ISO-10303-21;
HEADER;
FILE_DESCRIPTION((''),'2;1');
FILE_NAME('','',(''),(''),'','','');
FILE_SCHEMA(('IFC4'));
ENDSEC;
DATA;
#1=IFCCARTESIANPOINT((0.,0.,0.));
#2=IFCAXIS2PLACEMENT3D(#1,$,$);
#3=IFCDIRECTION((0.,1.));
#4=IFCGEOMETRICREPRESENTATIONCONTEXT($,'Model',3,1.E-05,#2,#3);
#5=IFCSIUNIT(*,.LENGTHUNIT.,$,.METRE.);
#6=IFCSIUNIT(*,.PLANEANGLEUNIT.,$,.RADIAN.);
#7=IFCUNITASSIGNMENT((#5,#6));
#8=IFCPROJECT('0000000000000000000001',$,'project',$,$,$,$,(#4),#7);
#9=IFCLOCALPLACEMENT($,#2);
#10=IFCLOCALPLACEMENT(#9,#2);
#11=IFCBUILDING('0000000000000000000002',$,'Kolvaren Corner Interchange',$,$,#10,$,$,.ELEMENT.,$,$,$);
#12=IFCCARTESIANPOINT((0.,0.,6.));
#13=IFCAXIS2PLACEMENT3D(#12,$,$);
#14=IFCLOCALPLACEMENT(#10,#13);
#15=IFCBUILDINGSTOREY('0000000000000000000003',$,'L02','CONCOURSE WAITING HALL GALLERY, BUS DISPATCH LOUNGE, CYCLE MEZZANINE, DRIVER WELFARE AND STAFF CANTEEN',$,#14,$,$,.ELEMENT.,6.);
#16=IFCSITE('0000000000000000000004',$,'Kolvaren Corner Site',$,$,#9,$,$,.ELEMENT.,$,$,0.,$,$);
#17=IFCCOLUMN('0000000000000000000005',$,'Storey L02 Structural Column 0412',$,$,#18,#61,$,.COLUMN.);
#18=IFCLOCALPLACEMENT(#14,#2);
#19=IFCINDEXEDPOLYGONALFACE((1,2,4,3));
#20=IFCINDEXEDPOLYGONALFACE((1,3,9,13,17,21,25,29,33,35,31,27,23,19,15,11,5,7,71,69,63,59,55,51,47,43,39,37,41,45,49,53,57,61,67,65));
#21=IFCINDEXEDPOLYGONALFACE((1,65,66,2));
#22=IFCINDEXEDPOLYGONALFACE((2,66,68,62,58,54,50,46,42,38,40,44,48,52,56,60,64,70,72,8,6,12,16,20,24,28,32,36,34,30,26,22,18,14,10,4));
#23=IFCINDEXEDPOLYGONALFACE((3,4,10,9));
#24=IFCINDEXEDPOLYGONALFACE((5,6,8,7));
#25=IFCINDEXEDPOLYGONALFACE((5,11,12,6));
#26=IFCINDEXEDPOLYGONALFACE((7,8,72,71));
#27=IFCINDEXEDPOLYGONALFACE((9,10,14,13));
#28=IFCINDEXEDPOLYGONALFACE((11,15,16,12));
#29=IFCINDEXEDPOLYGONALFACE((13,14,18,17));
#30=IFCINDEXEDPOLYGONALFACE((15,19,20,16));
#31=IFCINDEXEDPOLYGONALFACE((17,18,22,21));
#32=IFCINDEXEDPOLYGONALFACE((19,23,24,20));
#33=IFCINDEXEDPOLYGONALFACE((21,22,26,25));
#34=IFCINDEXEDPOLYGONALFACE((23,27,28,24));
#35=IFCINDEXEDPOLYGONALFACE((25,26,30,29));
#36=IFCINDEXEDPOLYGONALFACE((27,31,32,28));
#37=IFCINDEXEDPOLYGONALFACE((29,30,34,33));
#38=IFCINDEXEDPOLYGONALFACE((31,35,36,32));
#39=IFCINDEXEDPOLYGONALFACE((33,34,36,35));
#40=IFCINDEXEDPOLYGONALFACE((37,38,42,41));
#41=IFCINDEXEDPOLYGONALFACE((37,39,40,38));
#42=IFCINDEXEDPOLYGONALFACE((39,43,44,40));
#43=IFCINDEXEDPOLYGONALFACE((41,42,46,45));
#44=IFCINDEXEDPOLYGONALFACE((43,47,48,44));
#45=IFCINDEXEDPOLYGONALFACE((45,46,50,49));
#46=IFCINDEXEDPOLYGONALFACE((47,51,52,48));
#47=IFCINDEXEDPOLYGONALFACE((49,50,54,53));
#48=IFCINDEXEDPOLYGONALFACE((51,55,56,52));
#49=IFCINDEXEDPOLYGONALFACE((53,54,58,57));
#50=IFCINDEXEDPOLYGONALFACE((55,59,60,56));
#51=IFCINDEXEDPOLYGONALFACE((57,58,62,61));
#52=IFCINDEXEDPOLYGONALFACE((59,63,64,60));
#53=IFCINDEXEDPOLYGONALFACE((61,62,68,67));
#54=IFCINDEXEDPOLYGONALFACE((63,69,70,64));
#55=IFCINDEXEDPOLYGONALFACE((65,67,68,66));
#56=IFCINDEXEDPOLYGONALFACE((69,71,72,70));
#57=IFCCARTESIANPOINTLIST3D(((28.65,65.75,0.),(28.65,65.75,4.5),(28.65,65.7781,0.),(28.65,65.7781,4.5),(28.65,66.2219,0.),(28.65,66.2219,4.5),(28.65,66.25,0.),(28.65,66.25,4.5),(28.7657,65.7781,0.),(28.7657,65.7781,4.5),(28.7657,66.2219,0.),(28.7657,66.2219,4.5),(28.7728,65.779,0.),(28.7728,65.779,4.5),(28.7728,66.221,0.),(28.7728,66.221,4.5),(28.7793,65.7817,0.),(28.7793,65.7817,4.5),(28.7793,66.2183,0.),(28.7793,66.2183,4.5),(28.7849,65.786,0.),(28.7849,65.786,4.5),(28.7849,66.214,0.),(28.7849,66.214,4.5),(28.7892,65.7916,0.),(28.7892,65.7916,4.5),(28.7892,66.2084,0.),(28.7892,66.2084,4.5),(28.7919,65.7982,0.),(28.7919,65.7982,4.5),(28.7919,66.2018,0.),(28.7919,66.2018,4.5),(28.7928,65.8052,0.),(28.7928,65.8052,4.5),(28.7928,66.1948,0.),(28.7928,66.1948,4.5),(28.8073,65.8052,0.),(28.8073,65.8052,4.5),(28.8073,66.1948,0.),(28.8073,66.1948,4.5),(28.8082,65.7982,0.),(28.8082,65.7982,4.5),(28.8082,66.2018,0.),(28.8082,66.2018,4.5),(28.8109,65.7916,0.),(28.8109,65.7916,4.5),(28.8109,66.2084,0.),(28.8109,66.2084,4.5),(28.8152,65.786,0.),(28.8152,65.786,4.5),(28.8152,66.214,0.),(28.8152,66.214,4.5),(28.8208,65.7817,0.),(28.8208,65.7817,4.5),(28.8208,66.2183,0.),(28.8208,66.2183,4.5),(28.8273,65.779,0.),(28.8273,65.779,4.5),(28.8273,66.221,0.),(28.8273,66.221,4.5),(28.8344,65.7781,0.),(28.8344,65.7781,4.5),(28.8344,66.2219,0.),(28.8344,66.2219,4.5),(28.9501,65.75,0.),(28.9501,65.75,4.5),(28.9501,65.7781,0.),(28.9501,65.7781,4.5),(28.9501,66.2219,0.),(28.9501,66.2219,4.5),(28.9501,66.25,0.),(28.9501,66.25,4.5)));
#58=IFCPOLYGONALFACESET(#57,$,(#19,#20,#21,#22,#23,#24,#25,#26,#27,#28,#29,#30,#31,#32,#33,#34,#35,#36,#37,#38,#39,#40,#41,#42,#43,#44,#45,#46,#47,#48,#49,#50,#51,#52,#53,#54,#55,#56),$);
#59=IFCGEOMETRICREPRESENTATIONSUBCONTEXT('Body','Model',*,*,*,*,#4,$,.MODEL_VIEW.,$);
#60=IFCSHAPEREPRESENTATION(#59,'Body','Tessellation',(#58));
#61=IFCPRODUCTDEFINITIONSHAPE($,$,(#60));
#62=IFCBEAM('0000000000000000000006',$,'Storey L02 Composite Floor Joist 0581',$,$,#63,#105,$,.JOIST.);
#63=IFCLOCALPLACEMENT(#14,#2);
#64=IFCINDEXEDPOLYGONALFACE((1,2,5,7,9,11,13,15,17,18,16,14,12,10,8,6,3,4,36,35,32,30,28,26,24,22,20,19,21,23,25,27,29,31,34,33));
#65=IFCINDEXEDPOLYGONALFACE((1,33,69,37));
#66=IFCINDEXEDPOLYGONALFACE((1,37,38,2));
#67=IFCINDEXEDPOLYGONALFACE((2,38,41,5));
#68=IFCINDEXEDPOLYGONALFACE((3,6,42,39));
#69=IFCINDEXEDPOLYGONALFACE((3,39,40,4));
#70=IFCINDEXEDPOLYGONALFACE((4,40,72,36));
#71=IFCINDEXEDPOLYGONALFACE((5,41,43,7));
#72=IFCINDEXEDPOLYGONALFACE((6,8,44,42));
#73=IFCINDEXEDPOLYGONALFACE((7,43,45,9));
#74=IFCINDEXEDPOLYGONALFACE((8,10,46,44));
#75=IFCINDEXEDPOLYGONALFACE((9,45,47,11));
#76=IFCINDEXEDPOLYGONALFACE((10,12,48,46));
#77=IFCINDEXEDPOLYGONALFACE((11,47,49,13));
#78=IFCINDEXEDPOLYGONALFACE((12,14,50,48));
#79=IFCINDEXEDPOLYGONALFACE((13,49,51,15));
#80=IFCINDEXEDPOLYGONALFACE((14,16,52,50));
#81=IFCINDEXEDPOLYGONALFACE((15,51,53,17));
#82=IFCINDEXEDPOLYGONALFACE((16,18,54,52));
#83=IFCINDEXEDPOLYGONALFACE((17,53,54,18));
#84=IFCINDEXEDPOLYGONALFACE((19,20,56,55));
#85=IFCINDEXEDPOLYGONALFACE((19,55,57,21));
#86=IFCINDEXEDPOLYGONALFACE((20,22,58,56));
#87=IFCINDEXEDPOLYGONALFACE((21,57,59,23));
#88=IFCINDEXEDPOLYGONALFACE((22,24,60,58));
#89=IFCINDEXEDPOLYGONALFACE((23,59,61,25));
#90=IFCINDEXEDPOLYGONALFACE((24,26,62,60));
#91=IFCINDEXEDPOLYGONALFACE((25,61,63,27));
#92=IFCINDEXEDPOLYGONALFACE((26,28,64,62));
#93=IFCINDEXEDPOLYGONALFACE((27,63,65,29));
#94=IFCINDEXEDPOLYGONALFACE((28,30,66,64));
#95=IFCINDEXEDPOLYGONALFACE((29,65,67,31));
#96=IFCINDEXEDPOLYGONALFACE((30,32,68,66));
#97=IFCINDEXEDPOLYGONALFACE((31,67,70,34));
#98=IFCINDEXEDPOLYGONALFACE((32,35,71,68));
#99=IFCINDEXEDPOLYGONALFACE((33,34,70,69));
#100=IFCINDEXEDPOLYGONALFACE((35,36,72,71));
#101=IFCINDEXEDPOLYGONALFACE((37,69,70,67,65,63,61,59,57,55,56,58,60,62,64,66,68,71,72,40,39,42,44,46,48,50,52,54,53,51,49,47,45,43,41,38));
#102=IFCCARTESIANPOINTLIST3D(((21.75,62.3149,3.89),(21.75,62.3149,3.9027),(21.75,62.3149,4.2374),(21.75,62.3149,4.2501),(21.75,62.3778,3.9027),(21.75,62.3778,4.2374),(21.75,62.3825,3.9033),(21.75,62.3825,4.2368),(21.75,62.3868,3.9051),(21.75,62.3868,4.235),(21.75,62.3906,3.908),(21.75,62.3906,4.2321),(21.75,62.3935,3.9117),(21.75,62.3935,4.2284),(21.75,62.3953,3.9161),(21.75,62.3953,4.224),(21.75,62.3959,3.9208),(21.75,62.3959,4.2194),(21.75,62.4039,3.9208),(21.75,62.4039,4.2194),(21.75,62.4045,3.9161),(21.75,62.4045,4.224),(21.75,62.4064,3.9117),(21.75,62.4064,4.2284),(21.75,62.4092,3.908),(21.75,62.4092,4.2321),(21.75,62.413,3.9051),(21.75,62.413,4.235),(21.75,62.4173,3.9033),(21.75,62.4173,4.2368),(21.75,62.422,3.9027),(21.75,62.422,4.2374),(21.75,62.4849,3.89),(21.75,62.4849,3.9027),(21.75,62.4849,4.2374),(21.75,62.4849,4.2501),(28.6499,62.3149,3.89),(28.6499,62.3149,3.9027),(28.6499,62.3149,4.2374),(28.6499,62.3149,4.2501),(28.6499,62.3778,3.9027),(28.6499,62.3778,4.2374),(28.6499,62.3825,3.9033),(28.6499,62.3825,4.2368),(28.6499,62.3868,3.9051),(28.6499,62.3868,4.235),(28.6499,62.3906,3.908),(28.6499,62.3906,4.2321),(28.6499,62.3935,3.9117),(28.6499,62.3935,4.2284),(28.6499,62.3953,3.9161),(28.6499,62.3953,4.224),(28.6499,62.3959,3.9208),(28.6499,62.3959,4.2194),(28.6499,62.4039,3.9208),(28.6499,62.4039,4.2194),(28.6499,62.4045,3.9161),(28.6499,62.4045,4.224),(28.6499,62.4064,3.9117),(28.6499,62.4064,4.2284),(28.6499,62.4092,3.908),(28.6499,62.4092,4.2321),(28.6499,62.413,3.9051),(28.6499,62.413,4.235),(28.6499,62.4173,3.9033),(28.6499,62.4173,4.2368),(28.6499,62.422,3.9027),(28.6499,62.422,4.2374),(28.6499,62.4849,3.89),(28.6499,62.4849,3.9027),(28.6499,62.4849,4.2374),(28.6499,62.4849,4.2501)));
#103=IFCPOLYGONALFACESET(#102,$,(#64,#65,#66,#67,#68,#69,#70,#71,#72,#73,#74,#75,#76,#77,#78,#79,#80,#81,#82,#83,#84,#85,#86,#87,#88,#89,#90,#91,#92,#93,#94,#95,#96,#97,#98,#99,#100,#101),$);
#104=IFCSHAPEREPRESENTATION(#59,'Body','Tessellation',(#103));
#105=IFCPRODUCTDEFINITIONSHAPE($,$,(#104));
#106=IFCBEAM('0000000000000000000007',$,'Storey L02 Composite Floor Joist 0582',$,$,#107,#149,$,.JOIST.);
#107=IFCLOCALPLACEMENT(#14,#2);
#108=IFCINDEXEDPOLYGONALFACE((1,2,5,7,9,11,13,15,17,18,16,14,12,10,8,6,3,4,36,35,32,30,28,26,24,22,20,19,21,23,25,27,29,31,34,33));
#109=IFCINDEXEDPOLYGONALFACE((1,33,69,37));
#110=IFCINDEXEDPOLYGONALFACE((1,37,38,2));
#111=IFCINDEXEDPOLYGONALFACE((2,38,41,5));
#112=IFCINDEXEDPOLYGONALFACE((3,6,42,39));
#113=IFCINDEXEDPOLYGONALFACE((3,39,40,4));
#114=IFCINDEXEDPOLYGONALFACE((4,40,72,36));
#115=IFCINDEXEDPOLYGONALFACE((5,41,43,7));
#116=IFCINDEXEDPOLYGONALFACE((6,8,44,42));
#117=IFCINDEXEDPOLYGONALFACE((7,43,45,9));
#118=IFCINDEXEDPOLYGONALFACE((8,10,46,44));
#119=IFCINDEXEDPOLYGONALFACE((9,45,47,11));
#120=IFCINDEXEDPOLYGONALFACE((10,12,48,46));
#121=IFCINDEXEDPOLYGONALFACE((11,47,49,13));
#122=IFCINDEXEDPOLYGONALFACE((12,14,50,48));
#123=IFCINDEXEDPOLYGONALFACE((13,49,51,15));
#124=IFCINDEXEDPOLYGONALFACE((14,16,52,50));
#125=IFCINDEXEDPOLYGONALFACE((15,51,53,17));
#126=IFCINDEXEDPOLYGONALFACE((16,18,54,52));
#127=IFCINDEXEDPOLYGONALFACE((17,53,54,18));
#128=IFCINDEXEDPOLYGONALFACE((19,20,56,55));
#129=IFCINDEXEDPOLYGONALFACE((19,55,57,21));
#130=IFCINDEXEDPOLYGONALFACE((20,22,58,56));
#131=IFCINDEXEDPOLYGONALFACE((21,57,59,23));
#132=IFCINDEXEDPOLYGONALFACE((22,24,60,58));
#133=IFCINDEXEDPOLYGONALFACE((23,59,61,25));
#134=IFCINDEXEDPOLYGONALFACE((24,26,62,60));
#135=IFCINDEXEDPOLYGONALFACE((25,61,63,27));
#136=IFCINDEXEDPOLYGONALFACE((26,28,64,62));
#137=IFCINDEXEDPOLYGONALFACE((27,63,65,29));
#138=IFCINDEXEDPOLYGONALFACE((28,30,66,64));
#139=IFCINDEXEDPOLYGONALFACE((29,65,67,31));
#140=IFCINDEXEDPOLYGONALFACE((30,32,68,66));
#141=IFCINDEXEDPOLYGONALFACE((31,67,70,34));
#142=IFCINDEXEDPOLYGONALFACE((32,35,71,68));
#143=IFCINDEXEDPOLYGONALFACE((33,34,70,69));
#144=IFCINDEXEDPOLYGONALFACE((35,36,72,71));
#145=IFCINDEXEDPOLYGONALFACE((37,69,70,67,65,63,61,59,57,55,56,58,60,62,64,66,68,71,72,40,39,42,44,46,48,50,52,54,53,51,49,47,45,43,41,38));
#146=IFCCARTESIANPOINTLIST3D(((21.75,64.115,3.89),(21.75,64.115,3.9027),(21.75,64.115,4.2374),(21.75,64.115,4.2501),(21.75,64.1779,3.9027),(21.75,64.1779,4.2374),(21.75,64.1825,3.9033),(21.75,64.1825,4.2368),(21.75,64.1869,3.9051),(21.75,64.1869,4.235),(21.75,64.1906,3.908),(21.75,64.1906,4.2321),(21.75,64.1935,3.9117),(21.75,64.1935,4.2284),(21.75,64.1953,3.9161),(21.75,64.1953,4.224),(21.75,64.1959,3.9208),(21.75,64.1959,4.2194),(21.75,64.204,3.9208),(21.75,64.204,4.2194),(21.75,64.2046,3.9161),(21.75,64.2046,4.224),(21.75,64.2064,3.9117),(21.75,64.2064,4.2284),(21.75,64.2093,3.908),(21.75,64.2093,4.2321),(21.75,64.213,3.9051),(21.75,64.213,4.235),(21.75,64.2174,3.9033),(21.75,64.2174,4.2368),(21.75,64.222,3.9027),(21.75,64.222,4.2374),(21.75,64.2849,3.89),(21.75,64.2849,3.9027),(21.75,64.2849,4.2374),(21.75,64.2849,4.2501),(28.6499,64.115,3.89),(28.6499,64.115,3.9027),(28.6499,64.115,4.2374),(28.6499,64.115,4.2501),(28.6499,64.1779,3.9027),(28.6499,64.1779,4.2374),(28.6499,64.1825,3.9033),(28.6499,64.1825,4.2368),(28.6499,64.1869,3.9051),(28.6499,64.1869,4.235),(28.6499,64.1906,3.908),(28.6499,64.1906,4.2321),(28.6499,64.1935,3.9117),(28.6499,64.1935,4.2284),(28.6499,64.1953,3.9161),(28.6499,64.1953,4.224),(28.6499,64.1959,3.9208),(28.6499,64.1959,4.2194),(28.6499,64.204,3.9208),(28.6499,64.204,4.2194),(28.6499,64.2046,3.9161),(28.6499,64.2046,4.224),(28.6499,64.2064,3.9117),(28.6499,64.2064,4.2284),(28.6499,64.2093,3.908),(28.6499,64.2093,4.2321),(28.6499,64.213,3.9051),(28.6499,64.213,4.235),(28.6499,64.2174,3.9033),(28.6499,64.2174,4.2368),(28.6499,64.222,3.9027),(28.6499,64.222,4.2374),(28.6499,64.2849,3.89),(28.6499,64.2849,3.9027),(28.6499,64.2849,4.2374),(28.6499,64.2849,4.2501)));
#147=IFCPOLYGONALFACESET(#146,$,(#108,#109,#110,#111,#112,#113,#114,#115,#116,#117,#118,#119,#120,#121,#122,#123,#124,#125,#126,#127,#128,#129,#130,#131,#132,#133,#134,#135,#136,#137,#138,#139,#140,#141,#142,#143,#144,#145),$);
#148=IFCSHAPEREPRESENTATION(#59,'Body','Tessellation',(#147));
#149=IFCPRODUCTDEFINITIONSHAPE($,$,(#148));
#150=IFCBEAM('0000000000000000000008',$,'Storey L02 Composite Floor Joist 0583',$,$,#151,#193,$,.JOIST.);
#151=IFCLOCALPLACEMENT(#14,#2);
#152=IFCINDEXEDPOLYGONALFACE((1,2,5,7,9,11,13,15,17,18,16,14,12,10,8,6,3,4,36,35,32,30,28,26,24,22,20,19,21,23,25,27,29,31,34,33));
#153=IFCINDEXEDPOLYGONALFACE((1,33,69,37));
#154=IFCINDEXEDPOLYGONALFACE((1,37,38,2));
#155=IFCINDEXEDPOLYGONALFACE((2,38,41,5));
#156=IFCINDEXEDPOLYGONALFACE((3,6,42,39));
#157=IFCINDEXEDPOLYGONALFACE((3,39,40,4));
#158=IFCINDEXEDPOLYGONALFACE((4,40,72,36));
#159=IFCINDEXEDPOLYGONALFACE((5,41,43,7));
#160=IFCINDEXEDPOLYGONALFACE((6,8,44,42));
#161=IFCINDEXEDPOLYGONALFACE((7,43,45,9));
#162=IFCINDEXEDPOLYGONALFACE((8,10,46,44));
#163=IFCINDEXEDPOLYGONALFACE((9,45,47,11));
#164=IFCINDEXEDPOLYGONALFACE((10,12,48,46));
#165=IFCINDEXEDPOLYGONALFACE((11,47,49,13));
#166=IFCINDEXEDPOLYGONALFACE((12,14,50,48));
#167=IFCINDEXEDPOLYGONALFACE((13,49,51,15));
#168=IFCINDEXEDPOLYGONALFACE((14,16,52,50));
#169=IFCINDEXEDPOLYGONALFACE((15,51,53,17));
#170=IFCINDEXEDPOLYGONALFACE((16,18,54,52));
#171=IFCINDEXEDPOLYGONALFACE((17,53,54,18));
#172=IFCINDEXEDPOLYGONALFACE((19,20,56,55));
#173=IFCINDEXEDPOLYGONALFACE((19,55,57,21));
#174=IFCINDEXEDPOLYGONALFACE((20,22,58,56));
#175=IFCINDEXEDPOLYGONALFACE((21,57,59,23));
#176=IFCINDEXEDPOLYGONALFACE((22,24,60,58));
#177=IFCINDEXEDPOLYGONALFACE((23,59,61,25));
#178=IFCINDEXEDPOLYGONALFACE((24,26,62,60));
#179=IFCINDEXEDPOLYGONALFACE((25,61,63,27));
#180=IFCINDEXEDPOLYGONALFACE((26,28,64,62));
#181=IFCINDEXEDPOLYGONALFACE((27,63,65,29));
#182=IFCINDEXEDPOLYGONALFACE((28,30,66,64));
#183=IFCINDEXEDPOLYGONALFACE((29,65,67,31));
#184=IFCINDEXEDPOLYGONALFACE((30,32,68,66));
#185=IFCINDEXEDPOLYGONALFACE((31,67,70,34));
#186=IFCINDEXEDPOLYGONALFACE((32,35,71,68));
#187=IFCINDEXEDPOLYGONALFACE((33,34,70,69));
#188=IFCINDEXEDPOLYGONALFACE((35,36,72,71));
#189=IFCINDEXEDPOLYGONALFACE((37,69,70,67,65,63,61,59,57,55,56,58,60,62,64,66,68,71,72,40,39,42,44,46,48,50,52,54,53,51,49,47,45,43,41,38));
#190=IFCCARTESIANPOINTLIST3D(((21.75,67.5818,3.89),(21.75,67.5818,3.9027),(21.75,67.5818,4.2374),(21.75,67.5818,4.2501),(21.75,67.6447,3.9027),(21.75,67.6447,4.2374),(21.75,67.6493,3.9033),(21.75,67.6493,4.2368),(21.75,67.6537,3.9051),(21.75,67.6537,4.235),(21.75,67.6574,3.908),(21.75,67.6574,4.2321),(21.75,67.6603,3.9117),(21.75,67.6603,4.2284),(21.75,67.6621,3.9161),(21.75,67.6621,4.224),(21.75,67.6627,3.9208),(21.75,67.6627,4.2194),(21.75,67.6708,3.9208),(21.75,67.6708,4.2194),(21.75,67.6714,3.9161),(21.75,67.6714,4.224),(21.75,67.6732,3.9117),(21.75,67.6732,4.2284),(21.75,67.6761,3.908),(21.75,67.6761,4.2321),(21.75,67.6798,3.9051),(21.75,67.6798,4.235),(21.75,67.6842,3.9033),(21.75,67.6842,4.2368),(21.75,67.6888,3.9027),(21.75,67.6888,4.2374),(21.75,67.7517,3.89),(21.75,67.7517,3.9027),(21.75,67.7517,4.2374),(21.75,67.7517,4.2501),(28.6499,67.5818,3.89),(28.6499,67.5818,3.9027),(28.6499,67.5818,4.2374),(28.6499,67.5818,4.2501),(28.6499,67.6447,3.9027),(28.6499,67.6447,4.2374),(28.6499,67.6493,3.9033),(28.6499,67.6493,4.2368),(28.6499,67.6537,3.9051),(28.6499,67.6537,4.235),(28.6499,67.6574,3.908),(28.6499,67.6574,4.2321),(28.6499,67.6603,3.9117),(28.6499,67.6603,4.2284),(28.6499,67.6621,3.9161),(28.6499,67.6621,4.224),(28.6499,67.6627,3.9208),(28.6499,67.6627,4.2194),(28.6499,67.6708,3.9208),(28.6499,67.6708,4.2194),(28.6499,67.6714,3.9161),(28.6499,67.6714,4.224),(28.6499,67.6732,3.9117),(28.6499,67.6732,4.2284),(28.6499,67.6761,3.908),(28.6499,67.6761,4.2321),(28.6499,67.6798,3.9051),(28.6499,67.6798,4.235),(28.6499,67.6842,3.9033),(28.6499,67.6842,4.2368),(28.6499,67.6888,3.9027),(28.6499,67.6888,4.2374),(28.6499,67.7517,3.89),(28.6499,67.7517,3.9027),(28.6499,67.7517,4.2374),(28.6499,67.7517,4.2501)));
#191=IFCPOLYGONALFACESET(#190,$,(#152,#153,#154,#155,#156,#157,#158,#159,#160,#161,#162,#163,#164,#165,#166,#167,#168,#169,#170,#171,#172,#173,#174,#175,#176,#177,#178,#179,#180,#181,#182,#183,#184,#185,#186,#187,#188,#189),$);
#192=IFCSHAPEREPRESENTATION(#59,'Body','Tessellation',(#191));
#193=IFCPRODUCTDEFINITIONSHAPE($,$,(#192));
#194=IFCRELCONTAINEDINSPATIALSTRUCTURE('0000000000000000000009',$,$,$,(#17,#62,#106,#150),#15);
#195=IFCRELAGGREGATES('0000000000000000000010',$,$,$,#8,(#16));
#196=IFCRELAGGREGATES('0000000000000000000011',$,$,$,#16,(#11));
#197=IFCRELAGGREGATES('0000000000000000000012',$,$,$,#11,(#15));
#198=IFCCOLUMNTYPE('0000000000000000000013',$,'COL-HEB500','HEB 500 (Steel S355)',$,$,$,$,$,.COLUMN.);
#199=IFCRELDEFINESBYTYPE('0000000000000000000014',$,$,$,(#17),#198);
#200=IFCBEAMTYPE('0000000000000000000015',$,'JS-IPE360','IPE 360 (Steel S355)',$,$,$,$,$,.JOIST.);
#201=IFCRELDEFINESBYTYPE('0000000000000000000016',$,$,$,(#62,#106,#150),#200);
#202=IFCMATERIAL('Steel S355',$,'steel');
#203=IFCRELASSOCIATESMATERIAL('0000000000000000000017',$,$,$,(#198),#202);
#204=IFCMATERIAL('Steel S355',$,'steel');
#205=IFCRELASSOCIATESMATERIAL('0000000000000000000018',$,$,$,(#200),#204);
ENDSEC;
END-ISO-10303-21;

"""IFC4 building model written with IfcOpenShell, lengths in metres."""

from ifc_helpers import new_model, si_unit, direction, frame, origin, origin_2d, place, context, subcontext, project, spatial, i_section, extrude, material, material_profile, profile_set, type_object, element, save


model = new_model("IFC4")

# Units and contexts
model_context = context("Model", 3, precision=1e-05, world=origin(), true_north=direction((0.0, 1.0)))
body_context = subcontext(model_context, "Body", "Model", "MODEL_VIEW")
ifc_project = project(units=[si_unit("LENGTHUNIT", "METRE"), si_unit("PLANEANGLEUNIT", "RADIAN")], contexts=[model_context])

# Site, building, storey
site_placement = place(None, origin())
site = spatial("IfcSite", under=ifc_project, at=site_placement, Name="Kolvaren Corner Site", CompositionType="ELEMENT", RefElevation=0.0)
building_placement = place(site_placement, origin())
building = spatial("IfcBuilding", under=site, at=building_placement, Name="Kolvaren Corner Interchange", CompositionType="ELEMENT")
storey_placement = place(building_placement, frame((0.0, 0.0, 6.0)))
storey = spatial("IfcBuildingStorey", under=building, at=storey_placement, Name="L02", Description="CONCOURSE WAITING HALL GALLERY, BUS DISPATCH LOUNGE, CYCLE MEZZANINE, DRIVER WELFARE AND STAFF CANTEEN", CompositionType="ELEMENT", Elevation=6.0)

# Column
ifc_material_1 = material(Name="Steel S355", Category="steel")
ifc_material_profile_1 = material_profile(ifc_material_1, i_section(OverallWidth=0.3, OverallDepth=0.5, WebThickness=0.0144, FlangeThickness=0.0281, FilletRadius=0.0271, at=origin_2d()), Name="HEB 500")
ifc_profile_set_1 = profile_set([ifc_material_profile_1], Name="Steel S355")
column_type = type_object("IfcColumnType", Name="COL-HEB500", Description="HEB 500 (Steel S355)", PredefinedType="COLUMN", material=ifc_profile_set_1)
column_placement = place(storey_placement, frame((28.8, 66.0, 0.0), z_axis=(0.0, 0.0, 1.0), x_axis=(1.0, 0.0, 0.0)))
element("IfcColumn", 1, at=column_placement, inside=storey, type_object=column_type, Name="Storey L02 Structural Column 0412", PredefinedType="COLUMN", context=body_context, shape_type="SweptSolid", body=[
    extrude(i_section(OverallWidth=0.3, OverallDepth=0.5, WebThickness=0.0144, FlangeThickness=0.0281, FilletRadius=0.0271, at=origin_2d()), origin(), (0.0, 0.0, 1.0), 4.5),
])

# Beams
ifc_material_2 = material(Name="Steel S355", Category="steel")
ifc_material_profile_2 = material_profile(ifc_material_2, i_section(OverallWidth=0.1699, OverallDepth=0.3601, WebThickness=0.0081, FlangeThickness=0.0127, FilletRadius=0.0181, at=origin_2d()), Name="IPE 360")
ifc_profile_set_2 = profile_set([ifc_material_profile_2], Name="Steel S355")
beam_type = type_object("IfcBeamType", Name="JS-IPE360", Description="IPE 360 (Steel S355)", PredefinedType="JOIST", material=ifc_profile_set_2)
for number, where, z_axis, x_axis, name in (
    (2, (21.75, 62.3999, 4.0701), (1.0, 0.0, 0.0), (0.0, 1.0, 0.0), "Storey L02 Composite Floor Joist 0581"),
    (3, (21.75, 64.2, 4.0701), (1.0, 0.0, 0.0), (0.0, 1.0, 0.0), "Storey L02 Composite Floor Joist 0582"),
    (4, (21.75, 67.6667, 4.0701), (1.0, 0.0, 0.0), (0.0, 1.0, 0.0), "Storey L02 Composite Floor Joist 0583"),
):
    element("IfcBeam", number, at=place(storey_placement, frame(where, z_axis=z_axis, x_axis=x_axis)), inside=storey, type_object=beam_type, Name=name, PredefinedType="JOIST", context=body_context, shape_type="SweptSolid", body=[
        extrude(i_section(OverallWidth=0.1699, OverallDepth=0.3601, WebThickness=0.0081, FlangeThickness=0.0127, FilletRadius=0.0181, at=origin_2d()), origin(), (0.0, 0.0, 1.0), 6.8999),
    ])

save(model, "model.ifc")
